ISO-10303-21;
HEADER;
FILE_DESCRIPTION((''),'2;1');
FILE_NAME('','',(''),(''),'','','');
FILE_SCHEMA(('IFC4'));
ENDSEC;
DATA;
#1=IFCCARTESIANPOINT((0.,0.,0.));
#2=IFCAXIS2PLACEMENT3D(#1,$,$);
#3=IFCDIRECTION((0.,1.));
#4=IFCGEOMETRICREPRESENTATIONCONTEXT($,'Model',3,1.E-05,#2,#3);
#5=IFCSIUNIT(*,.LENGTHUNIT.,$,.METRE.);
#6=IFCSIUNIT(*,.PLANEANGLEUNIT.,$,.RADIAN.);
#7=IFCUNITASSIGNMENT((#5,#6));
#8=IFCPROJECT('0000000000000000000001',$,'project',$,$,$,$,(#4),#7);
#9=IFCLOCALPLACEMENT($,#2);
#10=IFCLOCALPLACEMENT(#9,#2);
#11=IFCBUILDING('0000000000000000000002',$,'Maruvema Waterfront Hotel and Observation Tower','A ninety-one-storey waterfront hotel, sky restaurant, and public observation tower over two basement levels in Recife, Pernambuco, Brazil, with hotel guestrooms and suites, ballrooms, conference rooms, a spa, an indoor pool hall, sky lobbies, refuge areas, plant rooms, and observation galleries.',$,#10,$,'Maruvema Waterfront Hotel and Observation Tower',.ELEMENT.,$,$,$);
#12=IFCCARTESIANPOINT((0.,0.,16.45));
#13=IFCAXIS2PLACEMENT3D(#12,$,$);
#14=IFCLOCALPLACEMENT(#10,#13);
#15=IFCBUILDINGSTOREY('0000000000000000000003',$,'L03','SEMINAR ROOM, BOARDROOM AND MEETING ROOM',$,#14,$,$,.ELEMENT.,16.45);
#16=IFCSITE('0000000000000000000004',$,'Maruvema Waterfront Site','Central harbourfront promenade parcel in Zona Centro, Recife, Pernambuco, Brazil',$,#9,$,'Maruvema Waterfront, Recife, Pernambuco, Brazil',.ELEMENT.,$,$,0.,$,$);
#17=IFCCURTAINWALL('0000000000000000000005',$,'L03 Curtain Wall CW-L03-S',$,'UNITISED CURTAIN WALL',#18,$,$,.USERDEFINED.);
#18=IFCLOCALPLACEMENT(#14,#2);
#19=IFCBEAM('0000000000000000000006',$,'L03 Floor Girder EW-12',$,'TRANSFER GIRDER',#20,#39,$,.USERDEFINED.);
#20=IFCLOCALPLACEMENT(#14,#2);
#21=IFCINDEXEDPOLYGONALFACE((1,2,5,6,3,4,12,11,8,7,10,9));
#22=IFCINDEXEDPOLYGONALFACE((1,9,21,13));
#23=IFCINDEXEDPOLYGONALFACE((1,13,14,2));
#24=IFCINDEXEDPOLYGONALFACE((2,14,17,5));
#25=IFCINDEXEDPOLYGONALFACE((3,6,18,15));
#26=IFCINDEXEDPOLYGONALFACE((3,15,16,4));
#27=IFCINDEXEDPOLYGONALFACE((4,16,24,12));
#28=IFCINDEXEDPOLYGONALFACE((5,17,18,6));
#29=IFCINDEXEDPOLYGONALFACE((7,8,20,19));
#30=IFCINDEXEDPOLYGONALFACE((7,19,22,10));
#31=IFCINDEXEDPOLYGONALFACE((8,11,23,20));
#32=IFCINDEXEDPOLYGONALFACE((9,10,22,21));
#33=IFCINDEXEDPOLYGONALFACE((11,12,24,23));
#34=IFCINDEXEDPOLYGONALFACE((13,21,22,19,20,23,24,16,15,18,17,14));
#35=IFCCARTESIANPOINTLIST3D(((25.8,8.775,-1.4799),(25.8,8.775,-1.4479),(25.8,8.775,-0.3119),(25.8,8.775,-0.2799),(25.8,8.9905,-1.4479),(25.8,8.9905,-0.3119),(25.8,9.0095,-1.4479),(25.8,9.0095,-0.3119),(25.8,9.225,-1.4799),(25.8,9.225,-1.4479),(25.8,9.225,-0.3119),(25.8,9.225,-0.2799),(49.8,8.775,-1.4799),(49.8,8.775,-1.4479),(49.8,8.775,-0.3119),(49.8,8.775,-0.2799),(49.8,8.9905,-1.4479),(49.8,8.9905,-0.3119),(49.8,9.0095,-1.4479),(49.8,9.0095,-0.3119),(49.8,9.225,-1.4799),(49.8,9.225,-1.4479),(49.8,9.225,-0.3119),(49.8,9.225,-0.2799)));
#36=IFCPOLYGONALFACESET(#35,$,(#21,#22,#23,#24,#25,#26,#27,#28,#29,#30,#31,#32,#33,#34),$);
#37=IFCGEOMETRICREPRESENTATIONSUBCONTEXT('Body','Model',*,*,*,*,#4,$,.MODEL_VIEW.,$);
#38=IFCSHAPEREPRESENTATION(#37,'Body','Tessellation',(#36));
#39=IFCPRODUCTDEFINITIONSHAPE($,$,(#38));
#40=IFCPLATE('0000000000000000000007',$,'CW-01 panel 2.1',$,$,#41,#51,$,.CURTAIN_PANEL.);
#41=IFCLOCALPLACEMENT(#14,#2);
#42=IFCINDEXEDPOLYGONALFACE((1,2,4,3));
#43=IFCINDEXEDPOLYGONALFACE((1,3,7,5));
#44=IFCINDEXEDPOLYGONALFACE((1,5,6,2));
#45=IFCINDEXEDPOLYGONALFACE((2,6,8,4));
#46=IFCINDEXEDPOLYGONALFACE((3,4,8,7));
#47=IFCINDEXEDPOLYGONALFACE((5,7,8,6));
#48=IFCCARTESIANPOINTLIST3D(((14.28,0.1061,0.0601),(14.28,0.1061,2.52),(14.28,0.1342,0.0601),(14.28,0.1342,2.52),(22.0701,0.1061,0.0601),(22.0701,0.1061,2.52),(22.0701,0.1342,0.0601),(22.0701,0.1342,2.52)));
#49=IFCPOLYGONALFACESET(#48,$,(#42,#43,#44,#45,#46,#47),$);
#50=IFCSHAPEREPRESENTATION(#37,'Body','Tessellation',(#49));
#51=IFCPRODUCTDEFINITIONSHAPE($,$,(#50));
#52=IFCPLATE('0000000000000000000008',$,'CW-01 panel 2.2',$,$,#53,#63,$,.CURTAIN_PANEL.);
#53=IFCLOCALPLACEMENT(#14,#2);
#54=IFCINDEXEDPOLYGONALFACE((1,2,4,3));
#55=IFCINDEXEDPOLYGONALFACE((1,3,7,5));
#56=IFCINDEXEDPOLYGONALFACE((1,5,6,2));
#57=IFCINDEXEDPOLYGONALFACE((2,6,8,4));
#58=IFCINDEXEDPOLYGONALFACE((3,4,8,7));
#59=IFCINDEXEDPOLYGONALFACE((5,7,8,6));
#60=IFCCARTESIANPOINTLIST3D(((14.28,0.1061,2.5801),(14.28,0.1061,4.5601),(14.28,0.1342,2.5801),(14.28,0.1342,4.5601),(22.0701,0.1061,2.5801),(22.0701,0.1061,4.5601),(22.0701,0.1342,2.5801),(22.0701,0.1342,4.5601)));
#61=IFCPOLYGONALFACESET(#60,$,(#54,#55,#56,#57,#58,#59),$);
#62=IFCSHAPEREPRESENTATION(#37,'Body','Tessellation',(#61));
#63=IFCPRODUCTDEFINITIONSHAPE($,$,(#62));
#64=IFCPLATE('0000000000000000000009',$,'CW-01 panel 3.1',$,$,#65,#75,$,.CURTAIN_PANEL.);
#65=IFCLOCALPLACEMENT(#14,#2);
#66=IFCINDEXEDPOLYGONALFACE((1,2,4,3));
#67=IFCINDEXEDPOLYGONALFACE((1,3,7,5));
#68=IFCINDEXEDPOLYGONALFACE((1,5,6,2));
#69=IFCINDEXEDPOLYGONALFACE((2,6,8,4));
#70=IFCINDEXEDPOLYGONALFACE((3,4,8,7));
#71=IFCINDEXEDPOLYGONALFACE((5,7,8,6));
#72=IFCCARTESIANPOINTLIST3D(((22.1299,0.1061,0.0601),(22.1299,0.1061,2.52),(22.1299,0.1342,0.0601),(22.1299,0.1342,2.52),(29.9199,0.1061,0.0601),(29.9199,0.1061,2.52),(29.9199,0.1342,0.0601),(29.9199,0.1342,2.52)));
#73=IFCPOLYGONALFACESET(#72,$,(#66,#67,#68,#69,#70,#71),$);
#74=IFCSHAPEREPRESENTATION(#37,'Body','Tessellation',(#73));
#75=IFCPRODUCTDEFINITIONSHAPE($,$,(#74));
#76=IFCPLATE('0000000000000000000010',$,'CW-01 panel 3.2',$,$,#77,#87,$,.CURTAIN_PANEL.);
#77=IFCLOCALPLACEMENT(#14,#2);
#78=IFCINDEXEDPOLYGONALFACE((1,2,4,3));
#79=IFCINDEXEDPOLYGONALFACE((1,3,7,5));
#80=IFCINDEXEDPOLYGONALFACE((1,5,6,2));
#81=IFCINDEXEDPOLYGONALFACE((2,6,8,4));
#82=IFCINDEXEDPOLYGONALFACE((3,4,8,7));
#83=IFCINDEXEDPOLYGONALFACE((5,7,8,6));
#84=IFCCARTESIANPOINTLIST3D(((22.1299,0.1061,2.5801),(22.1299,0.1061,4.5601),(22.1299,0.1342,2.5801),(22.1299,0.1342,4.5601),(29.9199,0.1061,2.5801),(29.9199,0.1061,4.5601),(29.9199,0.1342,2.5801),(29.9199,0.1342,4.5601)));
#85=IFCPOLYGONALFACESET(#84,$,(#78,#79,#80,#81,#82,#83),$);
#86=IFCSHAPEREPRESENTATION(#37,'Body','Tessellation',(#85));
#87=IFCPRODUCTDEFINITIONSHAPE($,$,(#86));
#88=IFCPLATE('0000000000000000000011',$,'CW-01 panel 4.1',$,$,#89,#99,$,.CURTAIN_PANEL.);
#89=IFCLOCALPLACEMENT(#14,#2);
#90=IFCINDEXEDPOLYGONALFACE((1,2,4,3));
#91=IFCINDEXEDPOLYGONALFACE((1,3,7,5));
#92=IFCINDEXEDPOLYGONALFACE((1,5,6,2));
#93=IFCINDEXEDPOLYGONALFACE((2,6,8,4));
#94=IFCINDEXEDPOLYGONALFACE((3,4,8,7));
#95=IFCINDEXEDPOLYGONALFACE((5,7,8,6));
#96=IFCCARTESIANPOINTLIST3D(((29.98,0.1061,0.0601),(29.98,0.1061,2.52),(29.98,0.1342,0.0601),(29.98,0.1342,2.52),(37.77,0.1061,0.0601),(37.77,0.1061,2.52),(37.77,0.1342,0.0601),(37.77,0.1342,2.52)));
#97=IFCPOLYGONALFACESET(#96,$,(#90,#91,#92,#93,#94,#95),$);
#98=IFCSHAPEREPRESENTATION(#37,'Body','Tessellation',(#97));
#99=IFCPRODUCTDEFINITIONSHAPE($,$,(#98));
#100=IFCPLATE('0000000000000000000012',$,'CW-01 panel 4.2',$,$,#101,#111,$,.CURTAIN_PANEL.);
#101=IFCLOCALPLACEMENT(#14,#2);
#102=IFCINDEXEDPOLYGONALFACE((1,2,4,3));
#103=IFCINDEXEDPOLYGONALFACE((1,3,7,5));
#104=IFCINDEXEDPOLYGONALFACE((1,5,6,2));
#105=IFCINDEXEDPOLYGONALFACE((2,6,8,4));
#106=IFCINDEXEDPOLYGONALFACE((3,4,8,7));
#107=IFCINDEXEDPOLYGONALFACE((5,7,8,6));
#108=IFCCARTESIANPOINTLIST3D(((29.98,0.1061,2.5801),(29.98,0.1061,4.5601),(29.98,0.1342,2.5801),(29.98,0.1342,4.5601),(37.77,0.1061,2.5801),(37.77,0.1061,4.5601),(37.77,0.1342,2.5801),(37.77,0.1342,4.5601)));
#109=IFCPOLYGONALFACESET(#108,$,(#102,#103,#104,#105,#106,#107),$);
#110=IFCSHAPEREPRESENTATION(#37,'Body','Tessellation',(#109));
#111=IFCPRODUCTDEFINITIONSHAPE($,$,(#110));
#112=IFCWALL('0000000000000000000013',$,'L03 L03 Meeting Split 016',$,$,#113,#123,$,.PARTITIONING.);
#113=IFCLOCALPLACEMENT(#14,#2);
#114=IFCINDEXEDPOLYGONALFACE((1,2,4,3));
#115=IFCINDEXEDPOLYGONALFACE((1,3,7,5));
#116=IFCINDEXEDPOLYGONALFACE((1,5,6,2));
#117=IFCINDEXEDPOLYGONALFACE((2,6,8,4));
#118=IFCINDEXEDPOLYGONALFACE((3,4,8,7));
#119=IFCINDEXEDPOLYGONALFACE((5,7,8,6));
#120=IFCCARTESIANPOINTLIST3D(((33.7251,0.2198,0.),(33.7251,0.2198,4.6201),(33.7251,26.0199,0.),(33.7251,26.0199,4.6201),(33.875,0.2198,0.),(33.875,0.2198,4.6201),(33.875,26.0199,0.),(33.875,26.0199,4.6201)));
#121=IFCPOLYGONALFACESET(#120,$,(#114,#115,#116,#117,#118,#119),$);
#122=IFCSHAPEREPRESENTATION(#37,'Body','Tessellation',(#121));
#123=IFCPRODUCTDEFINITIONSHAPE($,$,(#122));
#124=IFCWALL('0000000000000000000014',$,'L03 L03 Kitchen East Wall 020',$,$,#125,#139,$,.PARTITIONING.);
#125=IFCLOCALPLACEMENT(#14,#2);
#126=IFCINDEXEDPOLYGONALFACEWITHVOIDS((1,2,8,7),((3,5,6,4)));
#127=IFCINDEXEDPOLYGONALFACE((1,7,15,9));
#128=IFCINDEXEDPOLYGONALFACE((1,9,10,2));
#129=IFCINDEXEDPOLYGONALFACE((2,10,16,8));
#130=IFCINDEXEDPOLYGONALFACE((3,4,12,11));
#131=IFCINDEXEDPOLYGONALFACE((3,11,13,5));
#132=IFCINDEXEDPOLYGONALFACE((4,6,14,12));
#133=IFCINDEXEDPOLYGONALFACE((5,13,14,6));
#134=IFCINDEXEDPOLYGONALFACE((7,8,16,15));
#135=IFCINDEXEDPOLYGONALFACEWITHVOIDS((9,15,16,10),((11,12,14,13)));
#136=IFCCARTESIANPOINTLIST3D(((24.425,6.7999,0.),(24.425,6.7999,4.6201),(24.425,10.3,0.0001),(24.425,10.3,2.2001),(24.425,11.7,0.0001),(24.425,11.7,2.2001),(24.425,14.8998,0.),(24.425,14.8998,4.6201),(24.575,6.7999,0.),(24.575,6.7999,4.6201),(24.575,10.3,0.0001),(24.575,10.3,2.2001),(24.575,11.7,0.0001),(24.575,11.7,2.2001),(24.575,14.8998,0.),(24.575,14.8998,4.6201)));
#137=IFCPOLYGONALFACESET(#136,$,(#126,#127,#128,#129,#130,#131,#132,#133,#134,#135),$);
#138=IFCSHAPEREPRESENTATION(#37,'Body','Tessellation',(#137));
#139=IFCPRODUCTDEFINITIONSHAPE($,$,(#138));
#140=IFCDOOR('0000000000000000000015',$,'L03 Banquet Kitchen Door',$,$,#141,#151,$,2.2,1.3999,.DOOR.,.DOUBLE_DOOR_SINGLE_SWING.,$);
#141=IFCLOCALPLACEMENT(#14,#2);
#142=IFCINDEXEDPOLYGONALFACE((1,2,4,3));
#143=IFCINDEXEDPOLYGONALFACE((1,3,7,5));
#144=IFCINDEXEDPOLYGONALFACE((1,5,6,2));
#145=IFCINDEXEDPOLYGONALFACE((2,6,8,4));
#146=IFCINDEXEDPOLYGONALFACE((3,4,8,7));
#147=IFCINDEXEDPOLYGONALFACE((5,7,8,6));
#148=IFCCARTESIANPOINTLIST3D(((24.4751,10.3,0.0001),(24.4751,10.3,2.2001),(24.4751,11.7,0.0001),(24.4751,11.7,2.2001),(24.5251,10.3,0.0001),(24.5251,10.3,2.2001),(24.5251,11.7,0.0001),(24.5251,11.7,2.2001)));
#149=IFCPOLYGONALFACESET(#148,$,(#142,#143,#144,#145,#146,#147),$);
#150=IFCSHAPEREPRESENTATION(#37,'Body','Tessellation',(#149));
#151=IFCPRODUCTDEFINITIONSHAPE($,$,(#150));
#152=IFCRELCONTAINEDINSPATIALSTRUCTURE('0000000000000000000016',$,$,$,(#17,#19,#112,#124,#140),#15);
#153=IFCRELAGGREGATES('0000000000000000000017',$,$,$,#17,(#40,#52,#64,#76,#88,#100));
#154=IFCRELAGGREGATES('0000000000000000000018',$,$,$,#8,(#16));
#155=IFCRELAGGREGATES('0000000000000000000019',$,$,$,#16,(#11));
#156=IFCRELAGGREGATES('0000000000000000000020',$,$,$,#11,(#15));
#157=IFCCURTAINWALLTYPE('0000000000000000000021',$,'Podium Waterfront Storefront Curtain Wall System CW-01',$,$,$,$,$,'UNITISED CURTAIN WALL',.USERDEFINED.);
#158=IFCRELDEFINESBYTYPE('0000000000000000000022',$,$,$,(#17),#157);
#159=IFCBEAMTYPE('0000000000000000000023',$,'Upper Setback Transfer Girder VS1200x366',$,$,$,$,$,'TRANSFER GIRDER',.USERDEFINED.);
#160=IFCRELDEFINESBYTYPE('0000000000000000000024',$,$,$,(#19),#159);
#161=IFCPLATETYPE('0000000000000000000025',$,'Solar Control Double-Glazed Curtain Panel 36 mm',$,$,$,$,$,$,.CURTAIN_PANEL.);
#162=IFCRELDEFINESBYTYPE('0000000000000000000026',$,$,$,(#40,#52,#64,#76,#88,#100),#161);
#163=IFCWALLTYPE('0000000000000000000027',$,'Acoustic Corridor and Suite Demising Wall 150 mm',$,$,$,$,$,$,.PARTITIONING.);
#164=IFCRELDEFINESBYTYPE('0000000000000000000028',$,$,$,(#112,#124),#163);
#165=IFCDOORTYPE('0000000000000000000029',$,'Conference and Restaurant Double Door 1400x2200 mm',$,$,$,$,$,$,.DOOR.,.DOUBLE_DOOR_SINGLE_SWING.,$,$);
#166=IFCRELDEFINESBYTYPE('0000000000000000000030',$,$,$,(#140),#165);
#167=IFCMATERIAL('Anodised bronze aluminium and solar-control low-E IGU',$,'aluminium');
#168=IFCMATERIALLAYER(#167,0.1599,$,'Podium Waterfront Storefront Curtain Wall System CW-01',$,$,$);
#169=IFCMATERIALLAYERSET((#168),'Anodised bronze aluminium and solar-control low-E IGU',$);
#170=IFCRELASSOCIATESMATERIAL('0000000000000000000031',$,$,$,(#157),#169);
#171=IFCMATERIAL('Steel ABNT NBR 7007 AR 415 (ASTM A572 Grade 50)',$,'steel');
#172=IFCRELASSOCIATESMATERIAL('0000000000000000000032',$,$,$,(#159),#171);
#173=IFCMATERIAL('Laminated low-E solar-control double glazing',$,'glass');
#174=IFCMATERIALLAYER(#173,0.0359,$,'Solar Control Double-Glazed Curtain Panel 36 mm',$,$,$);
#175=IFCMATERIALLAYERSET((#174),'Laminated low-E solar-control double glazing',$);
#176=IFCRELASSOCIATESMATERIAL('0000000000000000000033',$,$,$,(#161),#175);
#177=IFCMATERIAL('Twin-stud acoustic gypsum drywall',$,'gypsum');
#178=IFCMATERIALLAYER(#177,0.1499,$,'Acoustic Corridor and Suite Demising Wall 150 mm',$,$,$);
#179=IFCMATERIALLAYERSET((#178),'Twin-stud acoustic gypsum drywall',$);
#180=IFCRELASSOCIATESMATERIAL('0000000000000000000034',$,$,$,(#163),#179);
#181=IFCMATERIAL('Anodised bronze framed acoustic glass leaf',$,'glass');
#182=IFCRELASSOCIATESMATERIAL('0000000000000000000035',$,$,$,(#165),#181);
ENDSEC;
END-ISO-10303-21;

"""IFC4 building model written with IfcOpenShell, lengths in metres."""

from ifc_helpers import new_model, si_unit, direction, frame, frame_2d, origin, origin_2d, place, context, subcontext, project, spatial, rectangle, i_section, extrude, material, layer, layer_set, material_profile, profile_set, type_object, element, fill, aggregate, save


model = new_model("IFC4")

# Units and contexts
model_context = context("Model", 3, precision=1e-05, world=origin(), true_north=direction((0.0, 1.0)))
body_context = subcontext(model_context, "Body", "Model", "MODEL_VIEW")
ifc_project = project(units=[si_unit("LENGTHUNIT", "METRE"), si_unit("PLANEANGLEUNIT", "RADIAN")], contexts=[model_context])

# Site, building, storey
site_placement = place(None, origin())
site = spatial("IfcSite", under=ifc_project, at=site_placement, Name="Maruvema Waterfront Site", Description="Central harbourfront promenade parcel in Zona Centro, Recife, Pernambuco, Brazil", LongName="Maruvema Waterfront, Recife, Pernambuco, Brazil", CompositionType="ELEMENT", RefElevation=0.0)
building_placement = place(site_placement, origin())
building = spatial("IfcBuilding", under=site, at=building_placement, Name="Maruvema Waterfront Hotel and Observation Tower", Description="A ninety-one-storey waterfront hotel, sky restaurant, and public observation tower over two basement levels in Recife, Pernambuco, Brazil, with hotel guestrooms and suites, ballrooms, conference rooms, a spa, an indoor pool hall, sky lobbies, refuge areas, plant rooms, and observation galleries.", LongName="Maruvema Waterfront Hotel and Observation Tower", CompositionType="ELEMENT")
storey_placement = place(building_placement, frame((0.0, 0.0, 16.45)))
storey = spatial("IfcBuildingStorey", under=building, at=storey_placement, Name="L03", Description="SEMINAR ROOM, BOARDROOM AND MEETING ROOM", CompositionType="ELEMENT", Elevation=16.45)

# Curtain wall
ifc_material_1 = material(Name="Anodised bronze aluminium and solar-control low-E IGU", Category="aluminium")
ifc_layer_1 = layer(ifc_material_1, 0.1599, Name="Podium Waterfront Storefront Curtain Wall System CW-01")
ifc_layer_set_1 = layer_set([ifc_layer_1], Name="Anodised bronze aluminium and solar-control low-E IGU")
curtain_wall_type = type_object("IfcCurtainWallType", Name="Podium Waterfront Storefront Curtain Wall System CW-01", ElementType="UNITISED CURTAIN WALL", PredefinedType="USERDEFINED", material=ifc_layer_set_1)
curtain_wall_placement = place(storey_placement, origin())
curtain_wall = element("IfcCurtainWall", 1, at=curtain_wall_placement, inside=storey, type_object=curtain_wall_type, Name="L03 Curtain Wall CW-L03-S", ObjectType="UNITISED CURTAIN WALL", PredefinedType="USERDEFINED")

# Beam
ifc_material_2 = material(Name="Steel ABNT NBR 7007 AR 415 (ASTM A572 Grade 50)", Category="steel")
ifc_material_profile_1 = material_profile(ifc_material_2, i_section(OverallWidth=0.45, OverallDepth=1.2, WebThickness=0.019, FlangeThickness=0.032, at=origin_2d()), Name="VS1200x366")
ifc_profile_set_1 = profile_set([ifc_material_profile_1], Name="Steel ABNT NBR 7007 AR 415 (ASTM A572 Grade 50)")
beam_type_1 = type_object("IfcBeamType", Name="Upper Setback Transfer Girder VS1200x366", ElementType="TRANSFER GIRDER", PredefinedType="USERDEFINED", material=ifc_profile_set_1)
beam_1_placement = place(storey_placement, frame((25.8, 9.0, -0.8799), z_axis=(1.0, 0.0, 0.0), x_axis=(0.0, 1.0, 0.0)))
element("IfcBeam", 2, at=beam_1_placement, inside=storey, type_object=beam_type_1, Name="L03 Floor Girder EW-12", ObjectType="TRANSFER GIRDER", PredefinedType="USERDEFINED", context=body_context, shape_type="SweptSolid", body=[
    extrude(i_section(OverallWidth=0.45, OverallDepth=1.2, WebThickness=0.019, FlangeThickness=0.032, at=origin_2d()), origin(), (0.0, 0.0, 1.0), 24.0),
])

# Plates
ifc_material_3 = material(Name="Laminated low-E solar-control double glazing", Category="glass")
ifc_layer_2 = layer(ifc_material_3, 0.0359, Name="Solar Control Double-Glazed Curtain Panel 36 mm")
ifc_layer_set_2 = layer_set([ifc_layer_2], Name="Laminated low-E solar-control double glazing")
plate_type = type_object("IfcPlateType", Name="Solar Control Double-Glazed Curtain Panel 36 mm", PredefinedType="CURTAIN_PANEL", material=ifc_layer_set_2)
plate_1_placement = place(storey_placement, frame((18.175, 0.1201, 0.0601), z_axis=(0.0, 0.0, 1.0), x_axis=(1.0, 0.0, 0.0)))
plate_1 = element("IfcPlate", 3, at=plate_1_placement, type_object=plate_type, Name="CW-01 panel 2.1", PredefinedType="CURTAIN_PANEL", context=body_context, shape_type="SweptSolid", body=[
    extrude(rectangle(XDim=7.79, YDim=0.0281, at=origin_2d()), origin(), (0.0, 0.0, 1.0), 2.46),
])
plate_2_placement = place(storey_placement, frame((18.175, 0.1201, 2.5801), z_axis=(0.0, 0.0, 1.0), x_axis=(1.0, 0.0, 0.0)))
plate_2 = element("IfcPlate", 4, at=plate_2_placement, type_object=plate_type, Name="CW-01 panel 2.2", PredefinedType="CURTAIN_PANEL", context=body_context, shape_type="SweptSolid", body=[
    extrude(rectangle(XDim=7.79, YDim=0.0281, at=origin_2d()), origin(), (0.0, 0.0, 1.0), 1.98),
])
plate_3_placement = place(storey_placement, frame((26.0249, 0.1201, 0.0601), z_axis=(0.0, 0.0, 1.0), x_axis=(1.0, 0.0, 0.0)))
plate_3 = element("IfcPlate", 5, at=plate_3_placement, type_object=plate_type, Name="CW-01 panel 3.1", PredefinedType="CURTAIN_PANEL", context=body_context, shape_type="SweptSolid", body=[
    extrude(rectangle(XDim=7.79, YDim=0.0281, at=origin_2d()), origin(), (0.0, 0.0, 1.0), 2.46),
])
plate_4_placement = place(storey_placement, frame((26.0249, 0.1201, 2.5801), z_axis=(0.0, 0.0, 1.0), x_axis=(1.0, 0.0, 0.0)))
plate_4 = element("IfcPlate", 6, at=plate_4_placement, type_object=plate_type, Name="CW-01 panel 3.2", PredefinedType="CURTAIN_PANEL", context=body_context, shape_type="SweptSolid", body=[
    extrude(rectangle(XDim=7.79, YDim=0.0281, at=origin_2d()), origin(), (0.0, 0.0, 1.0), 1.98),
])
plate_5_placement = place(storey_placement, frame((33.875, 0.1201, 0.0601), z_axis=(0.0, 0.0, 1.0), x_axis=(1.0, 0.0, 0.0)))
plate_5 = element("IfcPlate", 7, at=plate_5_placement, type_object=plate_type, Name="CW-01 panel 4.1", PredefinedType="CURTAIN_PANEL", context=body_context, shape_type="SweptSolid", body=[
    extrude(rectangle(XDim=7.79, YDim=0.0281, at=origin_2d()), origin(), (0.0, 0.0, 1.0), 2.46),
])
plate_6_placement = place(storey_placement, frame((33.875, 0.1201, 2.5801), z_axis=(0.0, 0.0, 1.0), x_axis=(1.0, 0.0, 0.0)))
plate_6 = element("IfcPlate", 8, at=plate_6_placement, type_object=plate_type, Name="CW-01 panel 4.2", PredefinedType="CURTAIN_PANEL", context=body_context, shape_type="SweptSolid", body=[
    extrude(rectangle(XDim=7.79, YDim=0.0281, at=origin_2d()), origin(), (0.0, 0.0, 1.0), 1.98),
])
aggregate(curtain_wall, [plate_1, plate_2, plate_3, plate_4, plate_5, plate_6])

# Wall
ifc_material_4 = material(Name="Twin-stud acoustic gypsum drywall", Category="gypsum")
ifc_layer_3 = layer(ifc_material_4, 0.1499, Name="Acoustic Corridor and Suite Demising Wall 150 mm")
ifc_layer_set_3 = layer_set([ifc_layer_3], Name="Twin-stud acoustic gypsum drywall")
wall_type = type_object("IfcWallType", Name="Acoustic Corridor and Suite Demising Wall 150 mm", PredefinedType="PARTITIONING", material=ifc_layer_set_3)
wall_1_placement = place(storey_placement, frame((33.8, 0.22, 0.0), z_axis=(0.0, 0.0, 1.0), x_axis=(0.0, 1.0, 0.0)))
element("IfcWall", 9, at=wall_1_placement, inside=storey, type_object=wall_type, Name="L03 L03 Meeting Split 016", PredefinedType="PARTITIONING", context=body_context, shape_type="SweptSolid", body=[
    extrude(rectangle(XDim=25.8, YDim=0.1499, at=frame_2d((12.8999, 0.0))), origin(), (0.0, 0.0, 1.0), 4.6201),
])

# Wall, opening, door
wall_2_placement = place(storey_placement, frame((24.5, 6.8, 0.0), z_axis=(0.0, 0.0, 1.0), x_axis=(0.0, 1.0, 0.0)))
wall_2 = element("IfcWall", 10, at=wall_2_placement, inside=storey, type_object=wall_type, Name="L03 L03 Kitchen East Wall 020", PredefinedType="PARTITIONING", context=body_context, shape_type="SweptSolid", body=[
    extrude(rectangle(XDim=8.0999, YDim=0.1499, at=frame_2d((4.0498, 0.0))), origin(), (0.0, 0.0, 1.0), 4.6201),
])
opening_placement = place(wall_2_placement, frame((3.5, 0.0, 0.0)))
opening = element("IfcOpeningElement", 11, at=opening_placement, cuts=wall_2, PredefinedType="OPENING", context=body_context, shape_type="SweptSolid", body=[
    extrude(rectangle(XDim=1.3999, YDim=2.2, at=frame_2d((0.7, 1.1001))), frame((0.0, 0.085, 0.0), z_axis=(0.0, -1.0, 0.0), x_axis=(1.0, 0.0, 0.0)), (0.0, 0.0, 1.0), 0.1699),
])
ifc_material_5 = material(Name="Anodised bronze framed acoustic glass leaf", Category="glass")
door_type = type_object("IfcDoorType", Name="Conference and Restaurant Double Door 1400x2200 mm", OperationType="DOUBLE_DOOR_SINGLE_SWING", PredefinedType="DOOR", material=ifc_material_5)
door_placement = place(opening_placement, origin())
door = element("IfcDoor", 12, at=door_placement, inside=storey, type_object=door_type, Name="L03 Banquet Kitchen Door", OperationType="DOUBLE_DOOR_SINGLE_SWING", OverallHeight=2.2, OverallWidth=1.3999, PredefinedType="DOOR", context=body_context, shape_type="SweptSolid", body=[
    extrude(rectangle(XDim=1.3999, YDim=2.2, at=frame_2d((0.7, 1.1001))), frame((0.0, 0.0249, 0.0), z_axis=(0.0, -1.0, 0.0), x_axis=(1.0, 0.0, 0.0)), (0.0, 0.0, 1.0), 0.05),
])
fill(opening, door)

save(model, "model.ifc")
